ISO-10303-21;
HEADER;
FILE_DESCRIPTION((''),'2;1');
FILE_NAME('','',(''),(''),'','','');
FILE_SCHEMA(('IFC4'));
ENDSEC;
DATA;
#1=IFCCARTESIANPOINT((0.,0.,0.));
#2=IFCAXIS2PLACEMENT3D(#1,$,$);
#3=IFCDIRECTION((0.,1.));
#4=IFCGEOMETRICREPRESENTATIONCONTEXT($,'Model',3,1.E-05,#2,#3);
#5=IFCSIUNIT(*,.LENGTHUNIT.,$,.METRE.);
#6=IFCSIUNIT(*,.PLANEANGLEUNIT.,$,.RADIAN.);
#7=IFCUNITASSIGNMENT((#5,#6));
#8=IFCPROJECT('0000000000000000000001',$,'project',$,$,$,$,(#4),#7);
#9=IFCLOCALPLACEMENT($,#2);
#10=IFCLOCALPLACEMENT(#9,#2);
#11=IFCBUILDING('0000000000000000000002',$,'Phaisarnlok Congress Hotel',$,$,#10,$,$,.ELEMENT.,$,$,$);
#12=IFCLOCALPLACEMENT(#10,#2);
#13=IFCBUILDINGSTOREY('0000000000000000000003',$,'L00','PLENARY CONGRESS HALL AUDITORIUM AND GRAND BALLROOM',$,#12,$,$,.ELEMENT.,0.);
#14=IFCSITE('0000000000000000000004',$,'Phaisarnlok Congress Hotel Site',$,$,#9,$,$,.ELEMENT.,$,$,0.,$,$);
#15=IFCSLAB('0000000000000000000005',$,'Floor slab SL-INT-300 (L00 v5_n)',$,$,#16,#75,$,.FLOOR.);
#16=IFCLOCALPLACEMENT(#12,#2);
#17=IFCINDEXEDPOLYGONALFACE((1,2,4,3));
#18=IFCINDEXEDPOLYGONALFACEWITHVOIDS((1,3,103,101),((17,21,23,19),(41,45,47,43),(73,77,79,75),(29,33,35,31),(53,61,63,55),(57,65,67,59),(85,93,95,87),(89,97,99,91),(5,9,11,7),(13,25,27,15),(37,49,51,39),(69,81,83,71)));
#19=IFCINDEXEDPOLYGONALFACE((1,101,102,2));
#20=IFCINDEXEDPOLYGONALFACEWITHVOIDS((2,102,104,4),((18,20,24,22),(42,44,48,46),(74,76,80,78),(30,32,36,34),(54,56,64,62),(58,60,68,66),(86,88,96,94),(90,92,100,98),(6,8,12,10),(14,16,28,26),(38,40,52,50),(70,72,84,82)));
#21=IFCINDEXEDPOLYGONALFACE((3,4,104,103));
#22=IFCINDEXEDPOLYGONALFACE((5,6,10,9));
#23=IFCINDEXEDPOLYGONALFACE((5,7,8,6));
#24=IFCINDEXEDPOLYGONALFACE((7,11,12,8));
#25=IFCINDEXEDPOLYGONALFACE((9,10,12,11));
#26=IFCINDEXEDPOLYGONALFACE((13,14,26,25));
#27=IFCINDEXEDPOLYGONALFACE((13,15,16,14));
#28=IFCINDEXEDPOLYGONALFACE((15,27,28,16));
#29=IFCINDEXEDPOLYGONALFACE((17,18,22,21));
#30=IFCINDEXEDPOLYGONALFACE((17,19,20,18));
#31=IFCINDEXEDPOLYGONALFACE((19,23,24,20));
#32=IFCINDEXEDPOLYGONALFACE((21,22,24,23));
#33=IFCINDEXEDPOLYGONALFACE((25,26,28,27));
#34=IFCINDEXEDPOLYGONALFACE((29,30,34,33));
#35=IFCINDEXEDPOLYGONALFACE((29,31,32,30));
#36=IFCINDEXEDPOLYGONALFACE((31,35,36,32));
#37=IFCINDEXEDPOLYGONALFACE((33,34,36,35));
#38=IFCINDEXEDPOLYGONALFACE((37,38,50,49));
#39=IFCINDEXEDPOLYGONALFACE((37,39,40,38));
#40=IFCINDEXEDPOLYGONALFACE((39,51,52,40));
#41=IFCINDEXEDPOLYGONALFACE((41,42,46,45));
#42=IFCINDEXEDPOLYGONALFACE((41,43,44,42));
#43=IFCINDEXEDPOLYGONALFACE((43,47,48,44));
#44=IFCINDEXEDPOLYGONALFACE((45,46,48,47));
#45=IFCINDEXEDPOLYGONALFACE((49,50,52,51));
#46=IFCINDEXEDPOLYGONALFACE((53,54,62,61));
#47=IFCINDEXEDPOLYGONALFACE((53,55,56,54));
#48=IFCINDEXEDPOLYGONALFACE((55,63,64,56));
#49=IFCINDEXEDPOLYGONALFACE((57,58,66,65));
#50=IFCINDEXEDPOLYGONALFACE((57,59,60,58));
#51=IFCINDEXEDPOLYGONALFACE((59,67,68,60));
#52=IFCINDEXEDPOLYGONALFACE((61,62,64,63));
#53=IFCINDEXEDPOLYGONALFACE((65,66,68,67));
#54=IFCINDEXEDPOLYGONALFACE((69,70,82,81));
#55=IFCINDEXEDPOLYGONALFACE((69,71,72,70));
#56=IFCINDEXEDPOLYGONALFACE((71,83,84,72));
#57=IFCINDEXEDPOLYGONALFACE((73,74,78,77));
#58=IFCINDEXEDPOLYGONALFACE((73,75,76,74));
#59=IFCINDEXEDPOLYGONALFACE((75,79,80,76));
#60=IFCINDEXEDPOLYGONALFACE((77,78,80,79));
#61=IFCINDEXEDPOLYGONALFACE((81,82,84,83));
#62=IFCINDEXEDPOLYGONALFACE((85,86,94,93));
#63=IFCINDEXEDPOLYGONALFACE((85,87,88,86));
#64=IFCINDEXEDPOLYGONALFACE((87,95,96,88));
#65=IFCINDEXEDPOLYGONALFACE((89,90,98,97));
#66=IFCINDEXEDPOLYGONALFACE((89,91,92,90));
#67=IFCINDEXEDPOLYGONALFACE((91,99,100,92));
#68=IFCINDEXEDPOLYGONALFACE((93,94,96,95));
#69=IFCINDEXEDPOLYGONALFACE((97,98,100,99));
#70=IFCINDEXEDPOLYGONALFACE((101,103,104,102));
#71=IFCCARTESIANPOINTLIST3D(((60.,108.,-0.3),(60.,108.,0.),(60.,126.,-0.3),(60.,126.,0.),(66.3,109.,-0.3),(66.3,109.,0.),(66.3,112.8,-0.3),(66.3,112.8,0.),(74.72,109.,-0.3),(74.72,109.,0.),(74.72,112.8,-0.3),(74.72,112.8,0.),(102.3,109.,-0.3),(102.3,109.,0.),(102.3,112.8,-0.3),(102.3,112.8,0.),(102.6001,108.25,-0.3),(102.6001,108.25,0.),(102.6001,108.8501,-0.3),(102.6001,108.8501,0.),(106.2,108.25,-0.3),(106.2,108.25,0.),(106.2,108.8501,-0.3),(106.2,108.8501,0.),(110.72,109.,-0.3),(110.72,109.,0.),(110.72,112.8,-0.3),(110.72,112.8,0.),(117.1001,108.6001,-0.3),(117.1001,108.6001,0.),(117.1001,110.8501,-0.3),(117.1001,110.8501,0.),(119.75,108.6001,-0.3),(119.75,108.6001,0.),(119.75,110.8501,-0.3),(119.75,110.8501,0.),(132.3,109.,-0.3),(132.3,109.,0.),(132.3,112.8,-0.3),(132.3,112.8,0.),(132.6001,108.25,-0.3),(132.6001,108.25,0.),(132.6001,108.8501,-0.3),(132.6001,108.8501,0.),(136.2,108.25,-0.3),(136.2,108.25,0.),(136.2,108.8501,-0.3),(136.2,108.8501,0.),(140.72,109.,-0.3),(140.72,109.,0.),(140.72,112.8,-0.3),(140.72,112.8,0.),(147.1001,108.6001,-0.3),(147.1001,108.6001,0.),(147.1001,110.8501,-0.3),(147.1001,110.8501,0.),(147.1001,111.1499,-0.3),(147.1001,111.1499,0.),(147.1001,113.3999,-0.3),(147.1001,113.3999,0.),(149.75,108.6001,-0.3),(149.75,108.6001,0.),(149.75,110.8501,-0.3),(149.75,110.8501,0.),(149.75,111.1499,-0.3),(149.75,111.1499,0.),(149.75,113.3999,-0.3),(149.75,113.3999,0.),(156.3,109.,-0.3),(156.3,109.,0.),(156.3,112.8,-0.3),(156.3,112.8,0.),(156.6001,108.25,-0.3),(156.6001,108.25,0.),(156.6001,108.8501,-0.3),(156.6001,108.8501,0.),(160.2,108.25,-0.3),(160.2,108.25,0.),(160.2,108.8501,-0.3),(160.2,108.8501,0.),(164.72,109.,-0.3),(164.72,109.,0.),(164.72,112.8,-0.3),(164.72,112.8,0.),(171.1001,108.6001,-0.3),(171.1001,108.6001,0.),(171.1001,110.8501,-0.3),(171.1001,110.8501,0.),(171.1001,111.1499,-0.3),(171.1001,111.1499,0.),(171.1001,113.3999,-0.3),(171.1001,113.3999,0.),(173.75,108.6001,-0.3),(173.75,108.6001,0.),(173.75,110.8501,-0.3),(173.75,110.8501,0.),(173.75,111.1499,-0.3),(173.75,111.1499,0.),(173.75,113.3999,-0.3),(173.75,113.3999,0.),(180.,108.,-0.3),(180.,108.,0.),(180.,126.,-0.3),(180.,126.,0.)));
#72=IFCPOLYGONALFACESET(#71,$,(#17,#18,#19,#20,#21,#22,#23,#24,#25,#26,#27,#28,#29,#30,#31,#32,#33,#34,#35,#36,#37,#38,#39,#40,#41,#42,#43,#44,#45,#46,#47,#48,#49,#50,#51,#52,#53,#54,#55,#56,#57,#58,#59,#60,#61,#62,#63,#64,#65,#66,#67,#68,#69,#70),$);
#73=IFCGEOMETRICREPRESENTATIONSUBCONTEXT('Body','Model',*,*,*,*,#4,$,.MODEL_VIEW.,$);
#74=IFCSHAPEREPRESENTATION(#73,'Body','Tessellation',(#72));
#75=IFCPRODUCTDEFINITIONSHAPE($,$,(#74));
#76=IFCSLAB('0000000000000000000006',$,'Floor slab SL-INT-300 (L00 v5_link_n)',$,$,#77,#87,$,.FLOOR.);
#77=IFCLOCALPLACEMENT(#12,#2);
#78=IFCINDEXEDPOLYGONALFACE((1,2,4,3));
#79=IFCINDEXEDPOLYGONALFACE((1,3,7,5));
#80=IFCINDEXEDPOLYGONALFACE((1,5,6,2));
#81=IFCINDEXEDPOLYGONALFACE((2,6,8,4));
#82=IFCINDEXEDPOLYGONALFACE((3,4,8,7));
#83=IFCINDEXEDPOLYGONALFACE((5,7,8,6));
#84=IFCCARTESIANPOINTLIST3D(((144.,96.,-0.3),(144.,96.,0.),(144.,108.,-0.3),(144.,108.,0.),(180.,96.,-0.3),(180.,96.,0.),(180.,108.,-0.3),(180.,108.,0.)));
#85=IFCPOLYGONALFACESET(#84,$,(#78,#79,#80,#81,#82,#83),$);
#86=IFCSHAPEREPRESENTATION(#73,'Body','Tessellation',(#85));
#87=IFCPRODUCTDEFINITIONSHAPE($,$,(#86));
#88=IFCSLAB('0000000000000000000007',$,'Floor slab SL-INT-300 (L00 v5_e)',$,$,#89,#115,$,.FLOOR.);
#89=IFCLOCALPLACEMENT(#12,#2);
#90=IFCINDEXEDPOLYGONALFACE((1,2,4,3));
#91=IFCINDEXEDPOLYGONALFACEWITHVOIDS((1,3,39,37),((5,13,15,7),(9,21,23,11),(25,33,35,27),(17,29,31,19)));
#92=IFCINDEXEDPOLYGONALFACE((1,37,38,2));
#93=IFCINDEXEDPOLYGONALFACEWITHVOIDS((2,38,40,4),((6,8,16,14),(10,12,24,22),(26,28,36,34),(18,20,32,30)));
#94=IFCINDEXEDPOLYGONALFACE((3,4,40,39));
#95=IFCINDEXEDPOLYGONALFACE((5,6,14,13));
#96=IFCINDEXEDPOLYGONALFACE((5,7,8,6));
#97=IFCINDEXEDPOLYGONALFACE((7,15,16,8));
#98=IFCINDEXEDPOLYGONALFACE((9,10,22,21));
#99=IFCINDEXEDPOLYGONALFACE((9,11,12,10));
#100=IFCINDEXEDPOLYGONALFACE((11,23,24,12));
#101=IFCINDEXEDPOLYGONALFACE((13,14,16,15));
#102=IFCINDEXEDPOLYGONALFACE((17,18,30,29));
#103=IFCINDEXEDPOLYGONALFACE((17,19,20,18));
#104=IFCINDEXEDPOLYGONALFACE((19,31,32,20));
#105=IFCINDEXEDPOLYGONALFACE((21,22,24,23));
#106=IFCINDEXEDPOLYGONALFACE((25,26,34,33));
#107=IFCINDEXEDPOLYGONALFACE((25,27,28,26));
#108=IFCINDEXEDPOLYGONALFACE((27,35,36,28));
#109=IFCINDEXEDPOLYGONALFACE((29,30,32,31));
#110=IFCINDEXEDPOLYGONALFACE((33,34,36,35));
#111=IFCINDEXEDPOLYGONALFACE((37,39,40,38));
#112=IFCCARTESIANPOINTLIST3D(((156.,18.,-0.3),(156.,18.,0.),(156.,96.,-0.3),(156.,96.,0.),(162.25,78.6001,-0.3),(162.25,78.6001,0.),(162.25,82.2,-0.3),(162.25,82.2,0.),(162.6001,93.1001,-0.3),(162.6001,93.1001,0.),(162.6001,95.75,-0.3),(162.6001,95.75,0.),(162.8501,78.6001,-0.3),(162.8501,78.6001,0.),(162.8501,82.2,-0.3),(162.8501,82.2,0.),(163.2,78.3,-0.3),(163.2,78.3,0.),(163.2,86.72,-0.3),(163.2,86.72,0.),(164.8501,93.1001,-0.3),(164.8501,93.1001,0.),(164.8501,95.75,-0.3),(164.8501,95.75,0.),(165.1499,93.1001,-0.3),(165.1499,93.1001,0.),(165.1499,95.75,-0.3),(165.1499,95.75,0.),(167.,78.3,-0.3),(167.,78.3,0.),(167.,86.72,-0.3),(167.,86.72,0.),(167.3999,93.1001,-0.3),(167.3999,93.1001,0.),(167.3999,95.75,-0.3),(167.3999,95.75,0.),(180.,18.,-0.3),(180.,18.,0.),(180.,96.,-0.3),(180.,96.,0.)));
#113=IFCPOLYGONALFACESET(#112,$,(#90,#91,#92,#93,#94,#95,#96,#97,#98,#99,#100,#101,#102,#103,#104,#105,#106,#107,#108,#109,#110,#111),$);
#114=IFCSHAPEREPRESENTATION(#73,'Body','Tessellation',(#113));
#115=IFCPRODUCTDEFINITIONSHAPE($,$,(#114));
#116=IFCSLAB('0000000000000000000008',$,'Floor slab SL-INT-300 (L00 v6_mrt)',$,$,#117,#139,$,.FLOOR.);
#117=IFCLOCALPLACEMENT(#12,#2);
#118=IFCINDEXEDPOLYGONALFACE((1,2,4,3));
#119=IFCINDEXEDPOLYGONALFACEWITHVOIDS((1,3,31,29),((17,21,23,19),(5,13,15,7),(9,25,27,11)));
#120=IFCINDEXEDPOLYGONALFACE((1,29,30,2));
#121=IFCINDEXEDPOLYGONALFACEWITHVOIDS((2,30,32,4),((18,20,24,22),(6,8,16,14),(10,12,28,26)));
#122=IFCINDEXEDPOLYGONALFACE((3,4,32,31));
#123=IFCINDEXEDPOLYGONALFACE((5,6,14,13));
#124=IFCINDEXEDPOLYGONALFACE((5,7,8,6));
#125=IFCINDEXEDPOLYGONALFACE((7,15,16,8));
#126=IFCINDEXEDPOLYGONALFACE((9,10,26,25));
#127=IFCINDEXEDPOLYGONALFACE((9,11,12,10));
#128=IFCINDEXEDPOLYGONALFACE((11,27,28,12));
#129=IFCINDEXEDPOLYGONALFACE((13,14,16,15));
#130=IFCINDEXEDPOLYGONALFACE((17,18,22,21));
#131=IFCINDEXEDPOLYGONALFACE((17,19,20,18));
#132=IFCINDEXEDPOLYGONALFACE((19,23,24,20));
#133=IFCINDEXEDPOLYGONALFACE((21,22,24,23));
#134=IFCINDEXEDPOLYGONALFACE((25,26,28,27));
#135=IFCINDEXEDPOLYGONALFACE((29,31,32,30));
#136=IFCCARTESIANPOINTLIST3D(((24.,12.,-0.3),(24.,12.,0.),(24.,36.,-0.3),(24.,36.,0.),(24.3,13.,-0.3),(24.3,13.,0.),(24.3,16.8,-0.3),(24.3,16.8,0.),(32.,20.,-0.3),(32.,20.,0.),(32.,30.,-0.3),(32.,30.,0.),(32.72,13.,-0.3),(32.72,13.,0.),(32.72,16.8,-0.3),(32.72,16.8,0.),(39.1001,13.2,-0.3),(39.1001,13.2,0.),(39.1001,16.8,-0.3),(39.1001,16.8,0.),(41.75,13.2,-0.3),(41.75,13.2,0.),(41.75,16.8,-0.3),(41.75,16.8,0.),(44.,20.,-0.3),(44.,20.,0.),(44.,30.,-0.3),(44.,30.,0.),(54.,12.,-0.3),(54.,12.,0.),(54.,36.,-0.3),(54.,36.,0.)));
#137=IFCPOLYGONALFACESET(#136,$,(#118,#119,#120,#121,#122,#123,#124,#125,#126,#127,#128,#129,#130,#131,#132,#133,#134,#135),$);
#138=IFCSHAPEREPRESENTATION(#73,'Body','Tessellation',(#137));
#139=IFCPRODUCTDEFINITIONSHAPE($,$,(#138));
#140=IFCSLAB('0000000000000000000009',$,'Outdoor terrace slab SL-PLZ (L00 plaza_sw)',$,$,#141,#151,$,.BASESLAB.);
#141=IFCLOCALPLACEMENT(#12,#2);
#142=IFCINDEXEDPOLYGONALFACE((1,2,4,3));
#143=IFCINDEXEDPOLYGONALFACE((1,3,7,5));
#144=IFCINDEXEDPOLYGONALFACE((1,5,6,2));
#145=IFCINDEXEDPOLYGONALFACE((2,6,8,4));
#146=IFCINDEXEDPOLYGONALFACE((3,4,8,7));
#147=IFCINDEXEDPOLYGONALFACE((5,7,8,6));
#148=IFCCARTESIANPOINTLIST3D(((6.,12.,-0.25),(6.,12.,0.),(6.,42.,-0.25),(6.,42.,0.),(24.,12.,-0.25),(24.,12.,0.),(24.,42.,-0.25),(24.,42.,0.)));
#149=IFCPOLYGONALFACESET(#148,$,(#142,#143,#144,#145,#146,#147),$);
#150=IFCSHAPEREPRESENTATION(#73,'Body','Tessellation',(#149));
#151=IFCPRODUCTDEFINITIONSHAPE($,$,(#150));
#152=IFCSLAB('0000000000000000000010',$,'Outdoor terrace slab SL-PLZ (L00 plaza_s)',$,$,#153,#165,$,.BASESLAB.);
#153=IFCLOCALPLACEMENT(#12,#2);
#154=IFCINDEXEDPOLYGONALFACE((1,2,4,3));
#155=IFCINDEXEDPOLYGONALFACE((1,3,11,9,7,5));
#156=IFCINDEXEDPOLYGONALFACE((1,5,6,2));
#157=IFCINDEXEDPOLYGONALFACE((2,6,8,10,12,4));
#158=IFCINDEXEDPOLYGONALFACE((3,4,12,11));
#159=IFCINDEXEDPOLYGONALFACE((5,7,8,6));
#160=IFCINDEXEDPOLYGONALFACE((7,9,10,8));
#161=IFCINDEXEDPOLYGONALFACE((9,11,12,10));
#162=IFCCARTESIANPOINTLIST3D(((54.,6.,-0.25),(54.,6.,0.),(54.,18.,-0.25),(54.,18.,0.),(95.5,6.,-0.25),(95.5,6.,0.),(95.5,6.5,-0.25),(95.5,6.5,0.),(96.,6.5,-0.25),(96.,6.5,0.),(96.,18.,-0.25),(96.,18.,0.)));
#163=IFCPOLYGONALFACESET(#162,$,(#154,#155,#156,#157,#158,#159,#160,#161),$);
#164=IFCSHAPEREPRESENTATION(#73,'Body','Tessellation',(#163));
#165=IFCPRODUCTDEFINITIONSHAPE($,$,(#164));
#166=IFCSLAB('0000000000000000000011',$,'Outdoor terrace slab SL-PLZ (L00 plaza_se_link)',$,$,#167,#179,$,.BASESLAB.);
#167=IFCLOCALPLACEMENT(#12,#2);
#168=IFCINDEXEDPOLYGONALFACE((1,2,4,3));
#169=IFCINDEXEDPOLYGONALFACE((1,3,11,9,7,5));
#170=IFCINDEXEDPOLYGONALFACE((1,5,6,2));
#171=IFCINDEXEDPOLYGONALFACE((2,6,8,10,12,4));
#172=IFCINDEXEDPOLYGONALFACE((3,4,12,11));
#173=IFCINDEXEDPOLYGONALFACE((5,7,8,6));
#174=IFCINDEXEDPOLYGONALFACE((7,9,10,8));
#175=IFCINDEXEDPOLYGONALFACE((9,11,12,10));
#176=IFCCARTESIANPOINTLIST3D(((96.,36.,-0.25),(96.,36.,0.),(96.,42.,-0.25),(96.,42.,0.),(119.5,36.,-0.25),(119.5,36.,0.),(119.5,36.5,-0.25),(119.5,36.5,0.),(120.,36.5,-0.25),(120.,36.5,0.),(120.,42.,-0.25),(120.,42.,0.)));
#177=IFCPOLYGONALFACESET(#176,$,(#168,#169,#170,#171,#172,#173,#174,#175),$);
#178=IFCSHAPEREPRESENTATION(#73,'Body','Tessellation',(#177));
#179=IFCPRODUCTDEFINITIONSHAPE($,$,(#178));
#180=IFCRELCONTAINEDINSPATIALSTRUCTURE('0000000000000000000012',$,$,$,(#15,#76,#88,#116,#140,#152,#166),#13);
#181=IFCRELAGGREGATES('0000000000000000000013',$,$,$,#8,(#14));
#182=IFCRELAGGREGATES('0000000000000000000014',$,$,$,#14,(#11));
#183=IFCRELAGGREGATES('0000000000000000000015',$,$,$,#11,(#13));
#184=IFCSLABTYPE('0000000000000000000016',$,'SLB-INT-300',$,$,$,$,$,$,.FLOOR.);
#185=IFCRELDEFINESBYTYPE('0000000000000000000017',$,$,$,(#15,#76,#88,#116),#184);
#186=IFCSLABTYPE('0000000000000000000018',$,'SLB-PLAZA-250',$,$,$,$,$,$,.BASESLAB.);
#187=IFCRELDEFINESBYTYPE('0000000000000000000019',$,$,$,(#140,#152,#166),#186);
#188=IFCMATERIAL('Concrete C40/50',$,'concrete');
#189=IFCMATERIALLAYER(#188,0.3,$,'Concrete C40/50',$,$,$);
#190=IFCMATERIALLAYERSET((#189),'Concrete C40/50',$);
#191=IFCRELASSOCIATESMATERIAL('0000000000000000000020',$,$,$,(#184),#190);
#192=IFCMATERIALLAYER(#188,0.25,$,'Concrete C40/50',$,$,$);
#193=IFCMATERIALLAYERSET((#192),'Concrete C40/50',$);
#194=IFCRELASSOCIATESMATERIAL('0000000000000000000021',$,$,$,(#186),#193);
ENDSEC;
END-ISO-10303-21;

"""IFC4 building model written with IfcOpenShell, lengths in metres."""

from ifc_helpers import new_model, si_unit, direction, frame, origin, place, context, subcontext, project, spatial, polyline, outline, extrude, material, layer, layer_set, type_object, element, save


model = new_model("IFC4")

# Units and contexts
model_context = context("Model", 3, precision=1e-05, world=origin(), true_north=direction((0.0, 1.0)))
body_context = subcontext(model_context, "Body", "Model", "MODEL_VIEW")
ifc_project = project(units=[si_unit("LENGTHUNIT", "METRE"), si_unit("PLANEANGLEUNIT", "RADIAN")], contexts=[model_context])

# Site, building, storey
site_placement = place(None, origin())
site = spatial("IfcSite", under=ifc_project, at=site_placement, Name="Phaisarnlok Congress Hotel Site", CompositionType="ELEMENT", RefElevation=0.0)
building_placement = place(site_placement, origin())
building = spatial("IfcBuilding", under=site, at=building_placement, Name="Phaisarnlok Congress Hotel", CompositionType="ELEMENT")
storey_placement = place(building_placement, origin())
storey = spatial("IfcBuildingStorey", under=building, at=storey_placement, Name="L00", Description="PLENARY CONGRESS HALL AUDITORIUM AND GRAND BALLROOM", CompositionType="ELEMENT", Elevation=0.0)

# Slabs
ifc_material = material(Name="Concrete C40/50", Category="concrete")
ifc_layer_1 = layer(ifc_material, 0.3, Name="Concrete C40/50")
ifc_layer_set_1 = layer_set([ifc_layer_1], Name="Concrete C40/50")
slab_type_1 = type_object("IfcSlabType", Name="SLB-INT-300", PredefinedType="FLOOR", material=ifc_layer_set_1)
slab_1_placement = place(storey_placement, frame((0.0, 0.0, -0.3)))
element("IfcSlab", 1, at=slab_1_placement, inside=storey, type_object=slab_type_1, Name="Floor slab SL-INT-300 (L00 v5_n)", PredefinedType="FLOOR", context=body_context, shape_type="SweptSolid", body=[
    extrude(outline(polyline([(180.0, 108.0), (180.0, 126.0), (60.0, 126.0), (60.0, 108.0), (180.0, 108.0)]), holes=[polyline([(164.72, 112.8), (156.3, 112.8), (156.3, 109.0), (164.72, 109.0), (164.72, 112.8)]), polyline([(140.72, 112.8), (132.3, 112.8), (132.3, 109.0), (140.72, 109.0), (140.72, 112.8)]), polyline([(110.72, 112.8), (102.3, 112.8), (102.3, 109.0), (110.72, 109.0), (110.72, 112.8)]), polyline([(74.72, 112.8), (66.3, 112.8), (66.3, 109.0), (74.72, 109.0), (74.72, 112.8)]), polyline([(173.75, 108.6001), (173.75, 110.8501), (171.1001, 110.8501), (171.1001, 108.6001), (173.75, 108.6001)]), polyline([(173.75, 111.1499), (173.75, 113.3999), (171.1001, 113.3999), (171.1001, 111.1499), (173.75, 111.1499)]), polyline([(160.2, 108.25), (160.2, 108.8501), (156.6001, 108.8501), (156.6001, 108.25), (160.2, 108.25)]), polyline([(149.75, 108.6001), (149.75, 110.8501), (147.1001, 110.8501), (147.1001, 108.6001), (149.75, 108.6001)]), polyline([(149.75, 111.1499), (149.75, 113.3999), (147.1001, 113.3999), (147.1001, 111.1499), (149.75, 111.1499)]), polyline([(136.2, 108.25), (136.2, 108.8501), (132.6001, 108.8501), (132.6001, 108.25), (136.2, 108.25)]), polyline([(119.75, 108.6001), (119.75, 110.8501), (117.1001, 110.8501), (117.1001, 108.6001), (119.75, 108.6001)]), polyline([(106.2, 108.25), (106.2, 108.8501), (102.6001, 108.8501), (102.6001, 108.25), (106.2, 108.25)])]), origin(), (0.0, 0.0, 1.0), 0.3),
])
slab_2_placement = place(storey_placement, frame((0.0, 0.0, -0.3)))
element("IfcSlab", 2, at=slab_2_placement, inside=storey, type_object=slab_type_1, Name="Floor slab SL-INT-300 (L00 v5_link_n)", PredefinedType="FLOOR", context=body_context, shape_type="SweptSolid", body=[
    extrude(outline(polyline([(180.0, 96.0), (180.0, 108.0), (144.0, 108.0), (144.0, 96.0), (180.0, 96.0)])), origin(), (0.0, 0.0, 1.0), 0.3),
])
slab_3_placement = place(storey_placement, frame((0.0, 0.0, -0.3)))
element("IfcSlab", 3, at=slab_3_placement, inside=storey, type_object=slab_type_1, Name="Floor slab SL-INT-300 (L00 v5_e)", PredefinedType="FLOOR", context=body_context, shape_type="SweptSolid", body=[
    extrude(outline(polyline([(180.0, 18.0), (180.0, 96.0), (156.0, 96.0), (156.0, 18.0), (180.0, 18.0)]), holes=[polyline([(163.2, 86.72), (163.2, 78.3), (167.0, 78.3), (167.0, 86.72), (163.2, 86.72)]), polyline([(164.8501, 93.1001), (164.8501, 95.75), (162.6001, 95.75), (162.6001, 93.1001), (164.8501, 93.1001)]), polyline([(167.3999, 93.1001), (167.3999, 95.75), (165.1499, 95.75), (165.1499, 93.1001), (167.3999, 93.1001)]), polyline([(162.8501, 78.6001), (162.8501, 82.2), (162.25, 82.2), (162.25, 78.6001), (162.8501, 78.6001)])]), origin(), (0.0, 0.0, 1.0), 0.3),
])
slab_4_placement = place(storey_placement, frame((0.0, 0.0, -0.3)))
element("IfcSlab", 4, at=slab_4_placement, inside=storey, type_object=slab_type_1, Name="Floor slab SL-INT-300 (L00 v6_mrt)", PredefinedType="FLOOR", context=body_context, shape_type="SweptSolid", body=[
    extrude(outline(polyline([(54.0, 12.0), (54.0, 36.0), (24.0, 36.0), (24.0, 12.0), (54.0, 12.0)]), holes=[polyline([(32.0, 20.0), (44.0, 20.0), (44.0, 30.0), (32.0, 30.0), (32.0, 20.0)]), polyline([(32.72, 16.8), (24.3, 16.8), (24.3, 13.0), (32.72, 13.0), (32.72, 16.8)]), polyline([(41.75, 13.2), (41.75, 16.8), (39.1001, 16.8), (39.1001, 13.2), (41.75, 13.2)])]), origin(), (0.0, 0.0, 1.0), 0.3),
])
ifc_layer_2 = layer(ifc_material, 0.25, Name="Concrete C40/50")
ifc_layer_set_2 = layer_set([ifc_layer_2], Name="Concrete C40/50")
slab_type_2 = type_object("IfcSlabType", Name="SLB-PLAZA-250", PredefinedType="BASESLAB", material=ifc_layer_set_2)
slab_5_placement = place(storey_placement, frame((0.0, 0.0, -0.25)))
element("IfcSlab", 5, at=slab_5_placement, inside=storey, type_object=slab_type_2, Name="Outdoor terrace slab SL-PLZ (L00 plaza_sw)", PredefinedType="BASESLAB", context=body_context, shape_type="SweptSolid", body=[
    extrude(outline(polyline([(6.0, 12.0), (24.0, 12.0), (24.0, 42.0), (6.0, 42.0), (6.0, 12.0)])), origin(), (0.0, 0.0, 1.0), 0.25),
])
slab_6_placement = place(storey_placement, frame((0.0, 0.0, -0.25)))
element("IfcSlab", 6, at=slab_6_placement, inside=storey, type_object=slab_type_2, Name="Outdoor terrace slab SL-PLZ (L00 plaza_s)", PredefinedType="BASESLAB", context=body_context, shape_type="SweptSolid", body=[
    extrude(outline(polyline([(54.0, 6.0), (95.5, 6.0), (95.5, 6.5), (96.0, 6.5), (96.0, 18.0), (54.0, 18.0), (54.0, 6.0)])), origin(), (0.0, 0.0, 1.0), 0.25),
])
slab_7_placement = place(storey_placement, frame((0.0, 0.0, -0.25)))
element("IfcSlab", 7, at=slab_7_placement, inside=storey, type_object=slab_type_2, Name="Outdoor terrace slab SL-PLZ (L00 plaza_se_link)", PredefinedType="BASESLAB", context=body_context, shape_type="SweptSolid", body=[
    extrude(outline(polyline([(96.0, 36.0), (119.5, 36.0), (119.5, 36.5), (120.0, 36.5), (120.0, 42.0), (96.0, 42.0), (96.0, 36.0)])), origin(), (0.0, 0.0, 1.0), 0.25),
])

save(model, "model.ifc")
